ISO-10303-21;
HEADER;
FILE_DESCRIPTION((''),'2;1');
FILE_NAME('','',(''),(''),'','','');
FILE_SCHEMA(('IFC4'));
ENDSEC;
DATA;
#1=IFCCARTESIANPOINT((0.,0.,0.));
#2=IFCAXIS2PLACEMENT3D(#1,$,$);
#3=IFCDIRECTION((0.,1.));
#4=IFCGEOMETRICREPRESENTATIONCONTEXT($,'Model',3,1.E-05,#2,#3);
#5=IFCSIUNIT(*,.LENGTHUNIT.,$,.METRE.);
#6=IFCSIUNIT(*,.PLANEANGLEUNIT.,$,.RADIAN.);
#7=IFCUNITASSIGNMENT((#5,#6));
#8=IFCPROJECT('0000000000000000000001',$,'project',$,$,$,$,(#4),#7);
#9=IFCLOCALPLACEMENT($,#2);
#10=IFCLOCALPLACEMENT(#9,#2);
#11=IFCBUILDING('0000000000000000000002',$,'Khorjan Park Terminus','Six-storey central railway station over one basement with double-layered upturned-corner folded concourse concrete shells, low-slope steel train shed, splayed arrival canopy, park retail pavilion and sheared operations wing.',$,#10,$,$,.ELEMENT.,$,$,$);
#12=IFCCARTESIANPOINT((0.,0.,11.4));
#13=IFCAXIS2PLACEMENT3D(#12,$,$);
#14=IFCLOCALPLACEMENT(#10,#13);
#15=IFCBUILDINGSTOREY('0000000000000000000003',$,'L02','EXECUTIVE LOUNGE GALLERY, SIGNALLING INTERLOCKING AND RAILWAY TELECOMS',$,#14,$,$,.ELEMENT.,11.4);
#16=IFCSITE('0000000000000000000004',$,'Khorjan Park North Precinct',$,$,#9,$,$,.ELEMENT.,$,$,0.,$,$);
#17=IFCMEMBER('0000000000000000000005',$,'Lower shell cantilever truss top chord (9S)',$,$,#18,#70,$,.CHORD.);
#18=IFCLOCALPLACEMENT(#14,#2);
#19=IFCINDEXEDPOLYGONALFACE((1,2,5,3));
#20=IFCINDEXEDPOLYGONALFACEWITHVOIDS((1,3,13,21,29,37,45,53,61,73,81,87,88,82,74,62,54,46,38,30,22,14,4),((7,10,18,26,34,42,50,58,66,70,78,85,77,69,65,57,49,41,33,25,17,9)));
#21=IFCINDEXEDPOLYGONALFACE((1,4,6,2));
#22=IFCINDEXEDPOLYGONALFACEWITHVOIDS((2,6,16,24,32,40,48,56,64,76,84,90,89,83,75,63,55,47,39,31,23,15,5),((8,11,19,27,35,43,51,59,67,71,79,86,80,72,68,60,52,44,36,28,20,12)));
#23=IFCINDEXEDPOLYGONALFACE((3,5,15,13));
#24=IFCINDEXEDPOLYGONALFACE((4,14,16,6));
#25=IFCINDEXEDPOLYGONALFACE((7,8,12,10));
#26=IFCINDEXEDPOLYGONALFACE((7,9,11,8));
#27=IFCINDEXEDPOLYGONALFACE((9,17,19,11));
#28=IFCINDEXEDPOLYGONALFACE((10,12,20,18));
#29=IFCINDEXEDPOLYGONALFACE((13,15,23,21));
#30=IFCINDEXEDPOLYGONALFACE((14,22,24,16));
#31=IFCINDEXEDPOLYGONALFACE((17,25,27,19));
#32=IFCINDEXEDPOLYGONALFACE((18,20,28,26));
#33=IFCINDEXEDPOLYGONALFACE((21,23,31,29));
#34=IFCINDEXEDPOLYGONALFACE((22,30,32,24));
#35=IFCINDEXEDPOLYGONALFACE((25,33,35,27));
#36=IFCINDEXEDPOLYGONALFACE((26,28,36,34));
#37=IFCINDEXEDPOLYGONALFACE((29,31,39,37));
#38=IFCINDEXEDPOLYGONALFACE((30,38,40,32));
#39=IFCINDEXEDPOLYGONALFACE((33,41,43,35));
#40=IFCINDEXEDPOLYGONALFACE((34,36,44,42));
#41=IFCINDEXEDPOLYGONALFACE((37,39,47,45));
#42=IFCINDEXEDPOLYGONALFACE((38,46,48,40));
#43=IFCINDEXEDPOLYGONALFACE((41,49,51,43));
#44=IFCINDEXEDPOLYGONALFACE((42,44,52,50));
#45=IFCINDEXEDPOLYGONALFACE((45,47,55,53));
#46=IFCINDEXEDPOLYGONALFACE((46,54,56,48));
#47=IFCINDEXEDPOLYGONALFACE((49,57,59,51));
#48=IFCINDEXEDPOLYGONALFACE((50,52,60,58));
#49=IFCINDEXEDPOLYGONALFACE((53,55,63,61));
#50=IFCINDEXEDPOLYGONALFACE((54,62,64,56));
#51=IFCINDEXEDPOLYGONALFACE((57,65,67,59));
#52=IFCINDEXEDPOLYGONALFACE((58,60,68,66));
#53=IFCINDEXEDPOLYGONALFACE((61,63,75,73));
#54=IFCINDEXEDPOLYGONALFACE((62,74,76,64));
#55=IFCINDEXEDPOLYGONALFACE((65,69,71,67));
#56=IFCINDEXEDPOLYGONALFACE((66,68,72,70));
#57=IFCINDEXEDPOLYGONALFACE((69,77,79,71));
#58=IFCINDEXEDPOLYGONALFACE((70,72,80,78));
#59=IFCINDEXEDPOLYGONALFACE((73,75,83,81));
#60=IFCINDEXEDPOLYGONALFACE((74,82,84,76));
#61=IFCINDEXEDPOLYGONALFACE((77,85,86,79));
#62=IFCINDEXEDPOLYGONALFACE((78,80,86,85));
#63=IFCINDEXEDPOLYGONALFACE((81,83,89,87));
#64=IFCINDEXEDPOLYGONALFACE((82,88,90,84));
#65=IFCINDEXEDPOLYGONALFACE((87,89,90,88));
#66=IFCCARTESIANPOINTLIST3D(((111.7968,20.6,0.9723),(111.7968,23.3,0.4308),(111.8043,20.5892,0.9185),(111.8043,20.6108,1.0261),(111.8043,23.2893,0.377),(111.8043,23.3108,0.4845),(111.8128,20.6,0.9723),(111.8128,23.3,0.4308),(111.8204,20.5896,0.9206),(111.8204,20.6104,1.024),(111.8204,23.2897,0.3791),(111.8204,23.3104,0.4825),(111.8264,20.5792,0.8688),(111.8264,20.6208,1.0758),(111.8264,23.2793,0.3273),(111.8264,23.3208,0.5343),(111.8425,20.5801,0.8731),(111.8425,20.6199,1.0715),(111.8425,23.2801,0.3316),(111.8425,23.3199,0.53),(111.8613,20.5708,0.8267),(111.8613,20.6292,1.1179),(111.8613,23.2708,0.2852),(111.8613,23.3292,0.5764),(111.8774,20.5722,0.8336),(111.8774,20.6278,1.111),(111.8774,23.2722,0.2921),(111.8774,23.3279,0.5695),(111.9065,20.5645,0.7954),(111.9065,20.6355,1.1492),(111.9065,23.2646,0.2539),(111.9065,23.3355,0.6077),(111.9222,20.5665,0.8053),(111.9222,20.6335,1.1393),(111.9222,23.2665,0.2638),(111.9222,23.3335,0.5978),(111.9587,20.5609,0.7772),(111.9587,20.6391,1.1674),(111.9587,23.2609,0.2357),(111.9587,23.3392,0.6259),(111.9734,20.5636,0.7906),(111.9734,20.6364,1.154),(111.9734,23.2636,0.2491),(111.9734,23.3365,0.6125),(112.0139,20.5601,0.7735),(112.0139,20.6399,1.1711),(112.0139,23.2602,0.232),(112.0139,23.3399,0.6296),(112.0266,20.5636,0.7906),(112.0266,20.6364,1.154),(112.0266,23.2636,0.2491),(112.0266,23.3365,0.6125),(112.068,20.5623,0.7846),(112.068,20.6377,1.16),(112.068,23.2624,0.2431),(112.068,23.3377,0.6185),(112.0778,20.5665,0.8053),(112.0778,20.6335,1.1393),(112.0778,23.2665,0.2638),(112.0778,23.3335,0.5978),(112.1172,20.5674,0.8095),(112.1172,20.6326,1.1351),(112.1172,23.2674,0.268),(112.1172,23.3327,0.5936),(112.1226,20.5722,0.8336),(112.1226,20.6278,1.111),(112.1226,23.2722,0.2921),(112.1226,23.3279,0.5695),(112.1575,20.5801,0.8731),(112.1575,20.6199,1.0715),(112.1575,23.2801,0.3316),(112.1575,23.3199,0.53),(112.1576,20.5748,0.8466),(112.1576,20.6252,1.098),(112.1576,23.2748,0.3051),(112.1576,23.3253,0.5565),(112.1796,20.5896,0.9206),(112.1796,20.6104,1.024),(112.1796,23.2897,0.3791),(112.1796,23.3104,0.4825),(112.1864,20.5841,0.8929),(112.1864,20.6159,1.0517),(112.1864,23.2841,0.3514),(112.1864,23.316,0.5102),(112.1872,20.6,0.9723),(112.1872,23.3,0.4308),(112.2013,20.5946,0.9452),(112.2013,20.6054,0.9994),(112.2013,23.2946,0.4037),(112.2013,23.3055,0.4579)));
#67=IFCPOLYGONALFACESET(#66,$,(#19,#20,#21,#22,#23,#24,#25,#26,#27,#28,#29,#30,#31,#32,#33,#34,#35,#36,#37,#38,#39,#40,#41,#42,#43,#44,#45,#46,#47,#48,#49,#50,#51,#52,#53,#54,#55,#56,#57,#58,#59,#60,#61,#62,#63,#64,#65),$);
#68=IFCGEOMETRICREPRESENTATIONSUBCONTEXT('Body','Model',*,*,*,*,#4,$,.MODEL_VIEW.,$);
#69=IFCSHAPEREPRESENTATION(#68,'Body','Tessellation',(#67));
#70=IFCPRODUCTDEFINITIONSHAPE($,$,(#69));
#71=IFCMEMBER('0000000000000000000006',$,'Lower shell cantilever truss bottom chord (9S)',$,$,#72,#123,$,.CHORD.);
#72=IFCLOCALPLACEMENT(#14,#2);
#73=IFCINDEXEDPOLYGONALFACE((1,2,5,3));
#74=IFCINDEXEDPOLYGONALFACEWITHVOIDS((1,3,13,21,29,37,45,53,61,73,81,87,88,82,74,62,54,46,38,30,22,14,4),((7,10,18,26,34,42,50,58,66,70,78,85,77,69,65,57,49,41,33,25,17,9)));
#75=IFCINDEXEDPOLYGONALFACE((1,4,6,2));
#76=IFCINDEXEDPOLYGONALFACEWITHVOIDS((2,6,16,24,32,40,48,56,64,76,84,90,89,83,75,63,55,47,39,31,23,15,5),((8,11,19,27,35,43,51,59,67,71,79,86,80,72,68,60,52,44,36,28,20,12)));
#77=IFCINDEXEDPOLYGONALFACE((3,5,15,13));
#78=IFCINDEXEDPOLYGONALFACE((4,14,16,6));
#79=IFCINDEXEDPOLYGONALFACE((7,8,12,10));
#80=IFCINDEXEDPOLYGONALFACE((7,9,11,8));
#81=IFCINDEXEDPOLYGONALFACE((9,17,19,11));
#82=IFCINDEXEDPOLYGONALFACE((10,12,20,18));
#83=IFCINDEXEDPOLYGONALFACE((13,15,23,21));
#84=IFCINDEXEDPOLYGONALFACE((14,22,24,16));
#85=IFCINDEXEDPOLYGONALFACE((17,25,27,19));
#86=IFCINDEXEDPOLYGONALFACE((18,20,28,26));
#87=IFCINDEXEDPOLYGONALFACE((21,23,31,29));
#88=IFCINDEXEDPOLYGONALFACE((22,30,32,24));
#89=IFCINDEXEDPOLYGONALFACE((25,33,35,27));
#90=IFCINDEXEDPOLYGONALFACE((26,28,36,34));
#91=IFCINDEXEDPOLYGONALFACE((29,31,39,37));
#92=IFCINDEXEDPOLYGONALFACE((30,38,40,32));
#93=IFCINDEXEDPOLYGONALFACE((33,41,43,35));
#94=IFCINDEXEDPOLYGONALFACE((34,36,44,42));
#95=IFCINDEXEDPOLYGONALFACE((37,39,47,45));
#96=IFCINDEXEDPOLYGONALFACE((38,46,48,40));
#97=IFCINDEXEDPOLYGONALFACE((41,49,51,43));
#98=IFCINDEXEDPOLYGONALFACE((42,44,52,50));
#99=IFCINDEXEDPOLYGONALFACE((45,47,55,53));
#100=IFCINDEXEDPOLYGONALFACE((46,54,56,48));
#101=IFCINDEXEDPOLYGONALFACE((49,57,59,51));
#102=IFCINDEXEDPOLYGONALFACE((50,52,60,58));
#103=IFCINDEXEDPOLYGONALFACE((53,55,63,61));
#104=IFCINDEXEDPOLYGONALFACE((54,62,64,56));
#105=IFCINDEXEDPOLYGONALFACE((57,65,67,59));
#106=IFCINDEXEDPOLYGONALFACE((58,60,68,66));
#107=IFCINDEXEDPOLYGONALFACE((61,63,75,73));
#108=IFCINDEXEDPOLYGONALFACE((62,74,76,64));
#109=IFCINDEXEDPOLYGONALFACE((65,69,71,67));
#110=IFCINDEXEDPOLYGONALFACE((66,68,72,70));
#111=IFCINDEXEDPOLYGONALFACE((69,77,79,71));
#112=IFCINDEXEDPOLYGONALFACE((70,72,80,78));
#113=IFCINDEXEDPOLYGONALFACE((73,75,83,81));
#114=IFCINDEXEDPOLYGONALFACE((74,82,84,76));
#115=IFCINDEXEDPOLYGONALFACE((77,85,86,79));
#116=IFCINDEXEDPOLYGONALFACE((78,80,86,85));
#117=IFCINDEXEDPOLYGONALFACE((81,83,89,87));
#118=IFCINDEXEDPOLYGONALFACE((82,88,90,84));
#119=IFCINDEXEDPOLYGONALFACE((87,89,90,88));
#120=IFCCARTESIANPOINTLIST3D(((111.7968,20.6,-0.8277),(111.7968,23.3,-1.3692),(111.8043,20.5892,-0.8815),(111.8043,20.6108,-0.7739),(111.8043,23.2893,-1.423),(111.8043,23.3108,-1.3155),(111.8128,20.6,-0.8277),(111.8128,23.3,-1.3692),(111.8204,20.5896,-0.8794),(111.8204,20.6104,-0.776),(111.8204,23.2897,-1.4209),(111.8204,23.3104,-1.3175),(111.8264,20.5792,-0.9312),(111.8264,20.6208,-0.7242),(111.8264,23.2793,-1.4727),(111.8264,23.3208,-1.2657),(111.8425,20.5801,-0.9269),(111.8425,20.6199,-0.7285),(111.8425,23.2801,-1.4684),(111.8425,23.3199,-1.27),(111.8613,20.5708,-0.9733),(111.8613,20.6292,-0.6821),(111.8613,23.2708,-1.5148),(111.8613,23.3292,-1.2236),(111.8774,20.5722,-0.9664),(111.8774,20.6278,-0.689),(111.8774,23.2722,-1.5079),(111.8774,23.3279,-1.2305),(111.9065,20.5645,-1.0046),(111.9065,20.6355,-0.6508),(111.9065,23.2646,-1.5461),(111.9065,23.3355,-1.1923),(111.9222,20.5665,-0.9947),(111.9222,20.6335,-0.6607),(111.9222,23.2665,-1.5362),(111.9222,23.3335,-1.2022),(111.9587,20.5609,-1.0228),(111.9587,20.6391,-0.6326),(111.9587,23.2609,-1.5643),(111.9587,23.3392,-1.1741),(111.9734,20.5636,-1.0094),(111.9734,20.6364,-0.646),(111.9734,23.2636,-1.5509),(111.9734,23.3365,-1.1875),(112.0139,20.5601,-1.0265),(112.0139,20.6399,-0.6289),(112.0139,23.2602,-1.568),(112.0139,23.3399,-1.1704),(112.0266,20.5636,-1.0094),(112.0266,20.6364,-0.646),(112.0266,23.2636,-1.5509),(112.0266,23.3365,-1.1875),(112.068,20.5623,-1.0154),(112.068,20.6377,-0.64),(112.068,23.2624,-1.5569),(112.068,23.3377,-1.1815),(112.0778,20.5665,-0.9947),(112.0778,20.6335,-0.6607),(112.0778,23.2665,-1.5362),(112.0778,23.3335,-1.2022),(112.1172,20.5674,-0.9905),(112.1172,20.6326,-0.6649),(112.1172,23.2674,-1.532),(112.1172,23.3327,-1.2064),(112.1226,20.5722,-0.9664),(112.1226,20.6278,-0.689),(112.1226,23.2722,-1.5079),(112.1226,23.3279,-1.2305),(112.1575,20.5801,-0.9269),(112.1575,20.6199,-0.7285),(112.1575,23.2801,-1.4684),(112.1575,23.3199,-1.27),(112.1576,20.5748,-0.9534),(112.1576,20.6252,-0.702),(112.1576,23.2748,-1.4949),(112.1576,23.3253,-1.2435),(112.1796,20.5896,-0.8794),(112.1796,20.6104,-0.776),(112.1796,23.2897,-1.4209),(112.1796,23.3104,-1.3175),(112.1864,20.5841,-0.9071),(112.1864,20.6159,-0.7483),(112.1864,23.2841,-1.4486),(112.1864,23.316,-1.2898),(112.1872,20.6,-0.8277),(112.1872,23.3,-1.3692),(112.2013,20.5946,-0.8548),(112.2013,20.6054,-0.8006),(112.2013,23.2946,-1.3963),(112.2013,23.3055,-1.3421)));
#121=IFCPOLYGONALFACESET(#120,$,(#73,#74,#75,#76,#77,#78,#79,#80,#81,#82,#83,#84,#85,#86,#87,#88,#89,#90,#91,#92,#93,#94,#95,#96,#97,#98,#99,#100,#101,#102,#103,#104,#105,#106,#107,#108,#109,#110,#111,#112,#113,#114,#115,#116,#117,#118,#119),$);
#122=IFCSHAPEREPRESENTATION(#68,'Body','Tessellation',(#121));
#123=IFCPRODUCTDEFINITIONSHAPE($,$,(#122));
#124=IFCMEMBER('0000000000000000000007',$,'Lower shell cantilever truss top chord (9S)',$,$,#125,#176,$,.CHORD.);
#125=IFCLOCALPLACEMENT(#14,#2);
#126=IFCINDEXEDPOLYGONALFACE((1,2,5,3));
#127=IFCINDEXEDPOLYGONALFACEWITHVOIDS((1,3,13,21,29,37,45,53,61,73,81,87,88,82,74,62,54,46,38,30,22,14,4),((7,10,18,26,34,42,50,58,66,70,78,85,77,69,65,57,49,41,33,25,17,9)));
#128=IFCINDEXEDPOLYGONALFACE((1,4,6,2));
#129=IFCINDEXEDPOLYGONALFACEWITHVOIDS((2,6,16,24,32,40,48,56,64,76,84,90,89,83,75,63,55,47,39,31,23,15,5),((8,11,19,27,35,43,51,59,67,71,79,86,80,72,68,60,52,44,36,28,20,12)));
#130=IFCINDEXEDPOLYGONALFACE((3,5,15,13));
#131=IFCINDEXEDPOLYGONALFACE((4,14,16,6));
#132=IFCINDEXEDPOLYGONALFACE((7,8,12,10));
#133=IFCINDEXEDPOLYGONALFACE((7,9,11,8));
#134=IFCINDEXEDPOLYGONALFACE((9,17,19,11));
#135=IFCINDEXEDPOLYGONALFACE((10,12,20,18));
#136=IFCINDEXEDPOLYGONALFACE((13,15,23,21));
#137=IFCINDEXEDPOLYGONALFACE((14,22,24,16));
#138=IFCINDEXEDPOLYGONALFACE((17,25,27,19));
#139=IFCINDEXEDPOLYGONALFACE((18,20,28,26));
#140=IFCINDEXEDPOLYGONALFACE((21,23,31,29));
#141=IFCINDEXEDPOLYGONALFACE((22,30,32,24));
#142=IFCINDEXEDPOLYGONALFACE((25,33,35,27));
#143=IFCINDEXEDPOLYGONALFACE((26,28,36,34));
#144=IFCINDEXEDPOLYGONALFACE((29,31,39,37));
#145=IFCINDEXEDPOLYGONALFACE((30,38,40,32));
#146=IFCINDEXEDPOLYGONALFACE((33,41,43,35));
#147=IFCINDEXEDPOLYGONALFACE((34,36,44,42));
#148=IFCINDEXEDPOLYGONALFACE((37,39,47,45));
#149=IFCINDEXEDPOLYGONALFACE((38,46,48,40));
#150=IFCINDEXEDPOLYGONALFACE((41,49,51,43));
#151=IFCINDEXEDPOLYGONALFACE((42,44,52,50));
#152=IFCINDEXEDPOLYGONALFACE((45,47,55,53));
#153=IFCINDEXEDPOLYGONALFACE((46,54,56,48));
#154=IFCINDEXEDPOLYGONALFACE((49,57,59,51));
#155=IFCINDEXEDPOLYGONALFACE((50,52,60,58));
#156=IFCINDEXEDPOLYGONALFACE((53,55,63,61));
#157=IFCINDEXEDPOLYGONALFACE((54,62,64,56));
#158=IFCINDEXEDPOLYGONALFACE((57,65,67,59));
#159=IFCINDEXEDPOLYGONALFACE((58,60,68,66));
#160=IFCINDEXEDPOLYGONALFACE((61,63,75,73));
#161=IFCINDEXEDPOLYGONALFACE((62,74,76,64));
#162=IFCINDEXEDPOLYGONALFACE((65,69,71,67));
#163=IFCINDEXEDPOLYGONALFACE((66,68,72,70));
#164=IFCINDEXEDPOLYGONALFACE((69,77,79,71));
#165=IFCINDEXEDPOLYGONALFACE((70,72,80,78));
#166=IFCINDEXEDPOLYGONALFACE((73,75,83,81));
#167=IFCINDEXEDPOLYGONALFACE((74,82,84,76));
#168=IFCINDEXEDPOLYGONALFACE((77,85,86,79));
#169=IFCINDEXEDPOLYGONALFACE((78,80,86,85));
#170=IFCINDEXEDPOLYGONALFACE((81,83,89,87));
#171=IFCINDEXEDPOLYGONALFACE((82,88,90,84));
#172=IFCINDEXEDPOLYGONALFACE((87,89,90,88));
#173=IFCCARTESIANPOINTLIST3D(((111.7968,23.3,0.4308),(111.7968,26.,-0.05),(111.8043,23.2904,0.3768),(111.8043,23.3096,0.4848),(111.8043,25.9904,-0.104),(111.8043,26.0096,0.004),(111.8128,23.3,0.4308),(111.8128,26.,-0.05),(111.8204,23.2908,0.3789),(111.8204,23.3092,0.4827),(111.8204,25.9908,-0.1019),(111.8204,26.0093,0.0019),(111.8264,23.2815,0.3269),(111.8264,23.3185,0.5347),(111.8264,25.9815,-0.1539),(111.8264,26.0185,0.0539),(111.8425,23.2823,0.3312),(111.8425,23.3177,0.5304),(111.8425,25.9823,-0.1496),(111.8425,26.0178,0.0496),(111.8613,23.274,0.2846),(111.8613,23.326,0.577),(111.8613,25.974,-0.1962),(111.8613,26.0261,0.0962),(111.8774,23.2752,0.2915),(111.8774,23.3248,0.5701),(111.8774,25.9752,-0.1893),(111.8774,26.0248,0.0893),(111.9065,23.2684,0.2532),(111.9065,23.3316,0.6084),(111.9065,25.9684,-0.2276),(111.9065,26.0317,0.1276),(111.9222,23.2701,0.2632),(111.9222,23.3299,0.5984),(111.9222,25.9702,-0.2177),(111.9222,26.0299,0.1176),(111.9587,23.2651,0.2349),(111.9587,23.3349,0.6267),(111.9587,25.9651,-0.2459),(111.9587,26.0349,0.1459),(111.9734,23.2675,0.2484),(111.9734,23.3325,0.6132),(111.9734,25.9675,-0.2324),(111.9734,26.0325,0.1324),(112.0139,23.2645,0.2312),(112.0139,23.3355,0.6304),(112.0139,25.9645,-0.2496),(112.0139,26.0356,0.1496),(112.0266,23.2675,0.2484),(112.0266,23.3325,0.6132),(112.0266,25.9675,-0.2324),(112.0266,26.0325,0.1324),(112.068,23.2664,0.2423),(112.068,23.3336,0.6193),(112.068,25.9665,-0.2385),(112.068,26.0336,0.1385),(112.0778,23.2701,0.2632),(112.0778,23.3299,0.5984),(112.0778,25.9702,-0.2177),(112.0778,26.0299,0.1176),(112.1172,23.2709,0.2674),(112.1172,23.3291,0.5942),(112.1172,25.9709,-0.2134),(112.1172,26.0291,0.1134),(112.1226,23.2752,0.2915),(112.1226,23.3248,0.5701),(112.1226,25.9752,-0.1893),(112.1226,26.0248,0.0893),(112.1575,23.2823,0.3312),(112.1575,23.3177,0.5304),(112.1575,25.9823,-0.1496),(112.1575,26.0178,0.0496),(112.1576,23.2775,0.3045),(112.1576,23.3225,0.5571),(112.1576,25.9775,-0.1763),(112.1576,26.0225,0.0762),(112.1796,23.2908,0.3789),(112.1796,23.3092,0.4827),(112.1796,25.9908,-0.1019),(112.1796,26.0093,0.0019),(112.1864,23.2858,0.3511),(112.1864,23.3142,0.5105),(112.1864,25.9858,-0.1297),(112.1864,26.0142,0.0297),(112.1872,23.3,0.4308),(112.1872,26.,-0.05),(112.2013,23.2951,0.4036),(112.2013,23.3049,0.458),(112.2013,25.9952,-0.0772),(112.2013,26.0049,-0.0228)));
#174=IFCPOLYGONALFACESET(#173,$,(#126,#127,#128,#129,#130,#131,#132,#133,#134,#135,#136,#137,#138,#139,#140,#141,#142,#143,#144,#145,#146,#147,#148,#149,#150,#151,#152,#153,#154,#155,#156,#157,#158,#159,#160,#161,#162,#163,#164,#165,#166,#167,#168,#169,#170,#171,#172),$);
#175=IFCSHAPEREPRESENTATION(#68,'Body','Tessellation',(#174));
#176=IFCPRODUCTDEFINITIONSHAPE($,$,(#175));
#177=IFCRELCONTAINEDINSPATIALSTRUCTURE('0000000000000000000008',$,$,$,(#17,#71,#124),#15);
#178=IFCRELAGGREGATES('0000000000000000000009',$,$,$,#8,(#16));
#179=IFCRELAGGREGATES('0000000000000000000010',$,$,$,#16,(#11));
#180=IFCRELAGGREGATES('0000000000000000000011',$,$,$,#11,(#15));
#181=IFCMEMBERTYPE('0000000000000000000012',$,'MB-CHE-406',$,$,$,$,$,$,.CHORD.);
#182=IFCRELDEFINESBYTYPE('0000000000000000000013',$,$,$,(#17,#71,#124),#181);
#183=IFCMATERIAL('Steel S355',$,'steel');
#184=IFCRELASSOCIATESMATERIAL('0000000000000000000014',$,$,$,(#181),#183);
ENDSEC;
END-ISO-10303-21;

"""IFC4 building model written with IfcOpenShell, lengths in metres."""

from ifc_helpers import new_model, si_unit, direction, frame, origin, origin_2d, place, context, subcontext, project, spatial, hollow_circle, extrude, material, material_profile, profile_set, type_object, element, save


model = new_model("IFC4")

# Units and contexts
model_context = context("Model", 3, precision=1e-05, world=origin(), true_north=direction((0.0, 1.0)))
body_context = subcontext(model_context, "Body", "Model", "MODEL_VIEW")
ifc_project = project(units=[si_unit("LENGTHUNIT", "METRE"), si_unit("PLANEANGLEUNIT", "RADIAN")], contexts=[model_context])

# Site, building, storey
site_placement = place(None, origin())
site = spatial("IfcSite", under=ifc_project, at=site_placement, Name="Khorjan Park North Precinct", CompositionType="ELEMENT", RefElevation=0.0)
building_placement = place(site_placement, origin())
building = spatial("IfcBuilding", under=site, at=building_placement, Name="Khorjan Park Terminus", Description="Six-storey central railway station over one basement with double-layered upturned-corner folded concourse concrete shells, low-slope steel train shed, splayed arrival canopy, park retail pavilion and sheared operations wing.", CompositionType="ELEMENT")
storey_placement = place(building_placement, frame((0.0, 0.0, 11.4)))
storey = spatial("IfcBuildingStorey", under=building, at=storey_placement, Name="L02", Description="EXECUTIVE LOUNGE GALLERY, SIGNALLING INTERLOCKING AND RAILWAY TELECOMS", CompositionType="ELEMENT", Elevation=11.4)

# Members
ifc_material_1 = material(Name="Steel S355", Category="steel")
ifc_material_profile_1 = material_profile(ifc_material_1, hollow_circle(Radius=0.2032, WallThickness=0.016, at=origin_2d()), Name="CHS 406.4x16")
ifc_profile_set_1 = profile_set([ifc_material_profile_1], Name="Steel S355")
member_type_1 = type_object("IfcMemberType", Name="MB-CHE-406", PredefinedType="CHORD", material=ifc_profile_set_1)
for number, where, z_axis, x_axis, name in (
    (1, (112.0, 20.6, 0.9723), (0.0, 0.980476, -0.19664), (-1.0, 0.0, 0.0), "Lower shell cantilever truss top chord (9S)"),
    (2, (112.0, 20.6, -0.8277), (0.0, 0.980476, -0.19664), (-1.0, 0.0, 0.0), "Lower shell cantilever truss bottom chord (9S)"),
):
    element("IfcMember", number, at=place(storey_placement, frame(where, z_axis=z_axis, x_axis=x_axis)), inside=storey, type_object=member_type_1, Name=name, PredefinedType="CHORD", context=body_context, shape_type="SweptSolid", body=[
        extrude(hollow_circle(Radius=0.2032, WallThickness=0.016, at=origin_2d()), origin(), (0.0, 0.0, 1.0), 2.7538),
    ])
member_1_placement = place(storey_placement, frame((112.0, 23.3, 0.4308), z_axis=(0.0, 0.984512, -0.175316), x_axis=(-1.0, 0.0, 0.0)))
element("IfcMember", 3, at=member_1_placement, inside=storey, type_object=member_type_1, Name="Lower shell cantilever truss top chord (9S)", PredefinedType="CHORD", context=body_context, shape_type="SweptSolid", body=[
    extrude(hollow_circle(Radius=0.2032, WallThickness=0.016, at=origin_2d()), origin(), (0.0, 0.0, 1.0), 2.7425),
])

save(model, "model.ifc")
